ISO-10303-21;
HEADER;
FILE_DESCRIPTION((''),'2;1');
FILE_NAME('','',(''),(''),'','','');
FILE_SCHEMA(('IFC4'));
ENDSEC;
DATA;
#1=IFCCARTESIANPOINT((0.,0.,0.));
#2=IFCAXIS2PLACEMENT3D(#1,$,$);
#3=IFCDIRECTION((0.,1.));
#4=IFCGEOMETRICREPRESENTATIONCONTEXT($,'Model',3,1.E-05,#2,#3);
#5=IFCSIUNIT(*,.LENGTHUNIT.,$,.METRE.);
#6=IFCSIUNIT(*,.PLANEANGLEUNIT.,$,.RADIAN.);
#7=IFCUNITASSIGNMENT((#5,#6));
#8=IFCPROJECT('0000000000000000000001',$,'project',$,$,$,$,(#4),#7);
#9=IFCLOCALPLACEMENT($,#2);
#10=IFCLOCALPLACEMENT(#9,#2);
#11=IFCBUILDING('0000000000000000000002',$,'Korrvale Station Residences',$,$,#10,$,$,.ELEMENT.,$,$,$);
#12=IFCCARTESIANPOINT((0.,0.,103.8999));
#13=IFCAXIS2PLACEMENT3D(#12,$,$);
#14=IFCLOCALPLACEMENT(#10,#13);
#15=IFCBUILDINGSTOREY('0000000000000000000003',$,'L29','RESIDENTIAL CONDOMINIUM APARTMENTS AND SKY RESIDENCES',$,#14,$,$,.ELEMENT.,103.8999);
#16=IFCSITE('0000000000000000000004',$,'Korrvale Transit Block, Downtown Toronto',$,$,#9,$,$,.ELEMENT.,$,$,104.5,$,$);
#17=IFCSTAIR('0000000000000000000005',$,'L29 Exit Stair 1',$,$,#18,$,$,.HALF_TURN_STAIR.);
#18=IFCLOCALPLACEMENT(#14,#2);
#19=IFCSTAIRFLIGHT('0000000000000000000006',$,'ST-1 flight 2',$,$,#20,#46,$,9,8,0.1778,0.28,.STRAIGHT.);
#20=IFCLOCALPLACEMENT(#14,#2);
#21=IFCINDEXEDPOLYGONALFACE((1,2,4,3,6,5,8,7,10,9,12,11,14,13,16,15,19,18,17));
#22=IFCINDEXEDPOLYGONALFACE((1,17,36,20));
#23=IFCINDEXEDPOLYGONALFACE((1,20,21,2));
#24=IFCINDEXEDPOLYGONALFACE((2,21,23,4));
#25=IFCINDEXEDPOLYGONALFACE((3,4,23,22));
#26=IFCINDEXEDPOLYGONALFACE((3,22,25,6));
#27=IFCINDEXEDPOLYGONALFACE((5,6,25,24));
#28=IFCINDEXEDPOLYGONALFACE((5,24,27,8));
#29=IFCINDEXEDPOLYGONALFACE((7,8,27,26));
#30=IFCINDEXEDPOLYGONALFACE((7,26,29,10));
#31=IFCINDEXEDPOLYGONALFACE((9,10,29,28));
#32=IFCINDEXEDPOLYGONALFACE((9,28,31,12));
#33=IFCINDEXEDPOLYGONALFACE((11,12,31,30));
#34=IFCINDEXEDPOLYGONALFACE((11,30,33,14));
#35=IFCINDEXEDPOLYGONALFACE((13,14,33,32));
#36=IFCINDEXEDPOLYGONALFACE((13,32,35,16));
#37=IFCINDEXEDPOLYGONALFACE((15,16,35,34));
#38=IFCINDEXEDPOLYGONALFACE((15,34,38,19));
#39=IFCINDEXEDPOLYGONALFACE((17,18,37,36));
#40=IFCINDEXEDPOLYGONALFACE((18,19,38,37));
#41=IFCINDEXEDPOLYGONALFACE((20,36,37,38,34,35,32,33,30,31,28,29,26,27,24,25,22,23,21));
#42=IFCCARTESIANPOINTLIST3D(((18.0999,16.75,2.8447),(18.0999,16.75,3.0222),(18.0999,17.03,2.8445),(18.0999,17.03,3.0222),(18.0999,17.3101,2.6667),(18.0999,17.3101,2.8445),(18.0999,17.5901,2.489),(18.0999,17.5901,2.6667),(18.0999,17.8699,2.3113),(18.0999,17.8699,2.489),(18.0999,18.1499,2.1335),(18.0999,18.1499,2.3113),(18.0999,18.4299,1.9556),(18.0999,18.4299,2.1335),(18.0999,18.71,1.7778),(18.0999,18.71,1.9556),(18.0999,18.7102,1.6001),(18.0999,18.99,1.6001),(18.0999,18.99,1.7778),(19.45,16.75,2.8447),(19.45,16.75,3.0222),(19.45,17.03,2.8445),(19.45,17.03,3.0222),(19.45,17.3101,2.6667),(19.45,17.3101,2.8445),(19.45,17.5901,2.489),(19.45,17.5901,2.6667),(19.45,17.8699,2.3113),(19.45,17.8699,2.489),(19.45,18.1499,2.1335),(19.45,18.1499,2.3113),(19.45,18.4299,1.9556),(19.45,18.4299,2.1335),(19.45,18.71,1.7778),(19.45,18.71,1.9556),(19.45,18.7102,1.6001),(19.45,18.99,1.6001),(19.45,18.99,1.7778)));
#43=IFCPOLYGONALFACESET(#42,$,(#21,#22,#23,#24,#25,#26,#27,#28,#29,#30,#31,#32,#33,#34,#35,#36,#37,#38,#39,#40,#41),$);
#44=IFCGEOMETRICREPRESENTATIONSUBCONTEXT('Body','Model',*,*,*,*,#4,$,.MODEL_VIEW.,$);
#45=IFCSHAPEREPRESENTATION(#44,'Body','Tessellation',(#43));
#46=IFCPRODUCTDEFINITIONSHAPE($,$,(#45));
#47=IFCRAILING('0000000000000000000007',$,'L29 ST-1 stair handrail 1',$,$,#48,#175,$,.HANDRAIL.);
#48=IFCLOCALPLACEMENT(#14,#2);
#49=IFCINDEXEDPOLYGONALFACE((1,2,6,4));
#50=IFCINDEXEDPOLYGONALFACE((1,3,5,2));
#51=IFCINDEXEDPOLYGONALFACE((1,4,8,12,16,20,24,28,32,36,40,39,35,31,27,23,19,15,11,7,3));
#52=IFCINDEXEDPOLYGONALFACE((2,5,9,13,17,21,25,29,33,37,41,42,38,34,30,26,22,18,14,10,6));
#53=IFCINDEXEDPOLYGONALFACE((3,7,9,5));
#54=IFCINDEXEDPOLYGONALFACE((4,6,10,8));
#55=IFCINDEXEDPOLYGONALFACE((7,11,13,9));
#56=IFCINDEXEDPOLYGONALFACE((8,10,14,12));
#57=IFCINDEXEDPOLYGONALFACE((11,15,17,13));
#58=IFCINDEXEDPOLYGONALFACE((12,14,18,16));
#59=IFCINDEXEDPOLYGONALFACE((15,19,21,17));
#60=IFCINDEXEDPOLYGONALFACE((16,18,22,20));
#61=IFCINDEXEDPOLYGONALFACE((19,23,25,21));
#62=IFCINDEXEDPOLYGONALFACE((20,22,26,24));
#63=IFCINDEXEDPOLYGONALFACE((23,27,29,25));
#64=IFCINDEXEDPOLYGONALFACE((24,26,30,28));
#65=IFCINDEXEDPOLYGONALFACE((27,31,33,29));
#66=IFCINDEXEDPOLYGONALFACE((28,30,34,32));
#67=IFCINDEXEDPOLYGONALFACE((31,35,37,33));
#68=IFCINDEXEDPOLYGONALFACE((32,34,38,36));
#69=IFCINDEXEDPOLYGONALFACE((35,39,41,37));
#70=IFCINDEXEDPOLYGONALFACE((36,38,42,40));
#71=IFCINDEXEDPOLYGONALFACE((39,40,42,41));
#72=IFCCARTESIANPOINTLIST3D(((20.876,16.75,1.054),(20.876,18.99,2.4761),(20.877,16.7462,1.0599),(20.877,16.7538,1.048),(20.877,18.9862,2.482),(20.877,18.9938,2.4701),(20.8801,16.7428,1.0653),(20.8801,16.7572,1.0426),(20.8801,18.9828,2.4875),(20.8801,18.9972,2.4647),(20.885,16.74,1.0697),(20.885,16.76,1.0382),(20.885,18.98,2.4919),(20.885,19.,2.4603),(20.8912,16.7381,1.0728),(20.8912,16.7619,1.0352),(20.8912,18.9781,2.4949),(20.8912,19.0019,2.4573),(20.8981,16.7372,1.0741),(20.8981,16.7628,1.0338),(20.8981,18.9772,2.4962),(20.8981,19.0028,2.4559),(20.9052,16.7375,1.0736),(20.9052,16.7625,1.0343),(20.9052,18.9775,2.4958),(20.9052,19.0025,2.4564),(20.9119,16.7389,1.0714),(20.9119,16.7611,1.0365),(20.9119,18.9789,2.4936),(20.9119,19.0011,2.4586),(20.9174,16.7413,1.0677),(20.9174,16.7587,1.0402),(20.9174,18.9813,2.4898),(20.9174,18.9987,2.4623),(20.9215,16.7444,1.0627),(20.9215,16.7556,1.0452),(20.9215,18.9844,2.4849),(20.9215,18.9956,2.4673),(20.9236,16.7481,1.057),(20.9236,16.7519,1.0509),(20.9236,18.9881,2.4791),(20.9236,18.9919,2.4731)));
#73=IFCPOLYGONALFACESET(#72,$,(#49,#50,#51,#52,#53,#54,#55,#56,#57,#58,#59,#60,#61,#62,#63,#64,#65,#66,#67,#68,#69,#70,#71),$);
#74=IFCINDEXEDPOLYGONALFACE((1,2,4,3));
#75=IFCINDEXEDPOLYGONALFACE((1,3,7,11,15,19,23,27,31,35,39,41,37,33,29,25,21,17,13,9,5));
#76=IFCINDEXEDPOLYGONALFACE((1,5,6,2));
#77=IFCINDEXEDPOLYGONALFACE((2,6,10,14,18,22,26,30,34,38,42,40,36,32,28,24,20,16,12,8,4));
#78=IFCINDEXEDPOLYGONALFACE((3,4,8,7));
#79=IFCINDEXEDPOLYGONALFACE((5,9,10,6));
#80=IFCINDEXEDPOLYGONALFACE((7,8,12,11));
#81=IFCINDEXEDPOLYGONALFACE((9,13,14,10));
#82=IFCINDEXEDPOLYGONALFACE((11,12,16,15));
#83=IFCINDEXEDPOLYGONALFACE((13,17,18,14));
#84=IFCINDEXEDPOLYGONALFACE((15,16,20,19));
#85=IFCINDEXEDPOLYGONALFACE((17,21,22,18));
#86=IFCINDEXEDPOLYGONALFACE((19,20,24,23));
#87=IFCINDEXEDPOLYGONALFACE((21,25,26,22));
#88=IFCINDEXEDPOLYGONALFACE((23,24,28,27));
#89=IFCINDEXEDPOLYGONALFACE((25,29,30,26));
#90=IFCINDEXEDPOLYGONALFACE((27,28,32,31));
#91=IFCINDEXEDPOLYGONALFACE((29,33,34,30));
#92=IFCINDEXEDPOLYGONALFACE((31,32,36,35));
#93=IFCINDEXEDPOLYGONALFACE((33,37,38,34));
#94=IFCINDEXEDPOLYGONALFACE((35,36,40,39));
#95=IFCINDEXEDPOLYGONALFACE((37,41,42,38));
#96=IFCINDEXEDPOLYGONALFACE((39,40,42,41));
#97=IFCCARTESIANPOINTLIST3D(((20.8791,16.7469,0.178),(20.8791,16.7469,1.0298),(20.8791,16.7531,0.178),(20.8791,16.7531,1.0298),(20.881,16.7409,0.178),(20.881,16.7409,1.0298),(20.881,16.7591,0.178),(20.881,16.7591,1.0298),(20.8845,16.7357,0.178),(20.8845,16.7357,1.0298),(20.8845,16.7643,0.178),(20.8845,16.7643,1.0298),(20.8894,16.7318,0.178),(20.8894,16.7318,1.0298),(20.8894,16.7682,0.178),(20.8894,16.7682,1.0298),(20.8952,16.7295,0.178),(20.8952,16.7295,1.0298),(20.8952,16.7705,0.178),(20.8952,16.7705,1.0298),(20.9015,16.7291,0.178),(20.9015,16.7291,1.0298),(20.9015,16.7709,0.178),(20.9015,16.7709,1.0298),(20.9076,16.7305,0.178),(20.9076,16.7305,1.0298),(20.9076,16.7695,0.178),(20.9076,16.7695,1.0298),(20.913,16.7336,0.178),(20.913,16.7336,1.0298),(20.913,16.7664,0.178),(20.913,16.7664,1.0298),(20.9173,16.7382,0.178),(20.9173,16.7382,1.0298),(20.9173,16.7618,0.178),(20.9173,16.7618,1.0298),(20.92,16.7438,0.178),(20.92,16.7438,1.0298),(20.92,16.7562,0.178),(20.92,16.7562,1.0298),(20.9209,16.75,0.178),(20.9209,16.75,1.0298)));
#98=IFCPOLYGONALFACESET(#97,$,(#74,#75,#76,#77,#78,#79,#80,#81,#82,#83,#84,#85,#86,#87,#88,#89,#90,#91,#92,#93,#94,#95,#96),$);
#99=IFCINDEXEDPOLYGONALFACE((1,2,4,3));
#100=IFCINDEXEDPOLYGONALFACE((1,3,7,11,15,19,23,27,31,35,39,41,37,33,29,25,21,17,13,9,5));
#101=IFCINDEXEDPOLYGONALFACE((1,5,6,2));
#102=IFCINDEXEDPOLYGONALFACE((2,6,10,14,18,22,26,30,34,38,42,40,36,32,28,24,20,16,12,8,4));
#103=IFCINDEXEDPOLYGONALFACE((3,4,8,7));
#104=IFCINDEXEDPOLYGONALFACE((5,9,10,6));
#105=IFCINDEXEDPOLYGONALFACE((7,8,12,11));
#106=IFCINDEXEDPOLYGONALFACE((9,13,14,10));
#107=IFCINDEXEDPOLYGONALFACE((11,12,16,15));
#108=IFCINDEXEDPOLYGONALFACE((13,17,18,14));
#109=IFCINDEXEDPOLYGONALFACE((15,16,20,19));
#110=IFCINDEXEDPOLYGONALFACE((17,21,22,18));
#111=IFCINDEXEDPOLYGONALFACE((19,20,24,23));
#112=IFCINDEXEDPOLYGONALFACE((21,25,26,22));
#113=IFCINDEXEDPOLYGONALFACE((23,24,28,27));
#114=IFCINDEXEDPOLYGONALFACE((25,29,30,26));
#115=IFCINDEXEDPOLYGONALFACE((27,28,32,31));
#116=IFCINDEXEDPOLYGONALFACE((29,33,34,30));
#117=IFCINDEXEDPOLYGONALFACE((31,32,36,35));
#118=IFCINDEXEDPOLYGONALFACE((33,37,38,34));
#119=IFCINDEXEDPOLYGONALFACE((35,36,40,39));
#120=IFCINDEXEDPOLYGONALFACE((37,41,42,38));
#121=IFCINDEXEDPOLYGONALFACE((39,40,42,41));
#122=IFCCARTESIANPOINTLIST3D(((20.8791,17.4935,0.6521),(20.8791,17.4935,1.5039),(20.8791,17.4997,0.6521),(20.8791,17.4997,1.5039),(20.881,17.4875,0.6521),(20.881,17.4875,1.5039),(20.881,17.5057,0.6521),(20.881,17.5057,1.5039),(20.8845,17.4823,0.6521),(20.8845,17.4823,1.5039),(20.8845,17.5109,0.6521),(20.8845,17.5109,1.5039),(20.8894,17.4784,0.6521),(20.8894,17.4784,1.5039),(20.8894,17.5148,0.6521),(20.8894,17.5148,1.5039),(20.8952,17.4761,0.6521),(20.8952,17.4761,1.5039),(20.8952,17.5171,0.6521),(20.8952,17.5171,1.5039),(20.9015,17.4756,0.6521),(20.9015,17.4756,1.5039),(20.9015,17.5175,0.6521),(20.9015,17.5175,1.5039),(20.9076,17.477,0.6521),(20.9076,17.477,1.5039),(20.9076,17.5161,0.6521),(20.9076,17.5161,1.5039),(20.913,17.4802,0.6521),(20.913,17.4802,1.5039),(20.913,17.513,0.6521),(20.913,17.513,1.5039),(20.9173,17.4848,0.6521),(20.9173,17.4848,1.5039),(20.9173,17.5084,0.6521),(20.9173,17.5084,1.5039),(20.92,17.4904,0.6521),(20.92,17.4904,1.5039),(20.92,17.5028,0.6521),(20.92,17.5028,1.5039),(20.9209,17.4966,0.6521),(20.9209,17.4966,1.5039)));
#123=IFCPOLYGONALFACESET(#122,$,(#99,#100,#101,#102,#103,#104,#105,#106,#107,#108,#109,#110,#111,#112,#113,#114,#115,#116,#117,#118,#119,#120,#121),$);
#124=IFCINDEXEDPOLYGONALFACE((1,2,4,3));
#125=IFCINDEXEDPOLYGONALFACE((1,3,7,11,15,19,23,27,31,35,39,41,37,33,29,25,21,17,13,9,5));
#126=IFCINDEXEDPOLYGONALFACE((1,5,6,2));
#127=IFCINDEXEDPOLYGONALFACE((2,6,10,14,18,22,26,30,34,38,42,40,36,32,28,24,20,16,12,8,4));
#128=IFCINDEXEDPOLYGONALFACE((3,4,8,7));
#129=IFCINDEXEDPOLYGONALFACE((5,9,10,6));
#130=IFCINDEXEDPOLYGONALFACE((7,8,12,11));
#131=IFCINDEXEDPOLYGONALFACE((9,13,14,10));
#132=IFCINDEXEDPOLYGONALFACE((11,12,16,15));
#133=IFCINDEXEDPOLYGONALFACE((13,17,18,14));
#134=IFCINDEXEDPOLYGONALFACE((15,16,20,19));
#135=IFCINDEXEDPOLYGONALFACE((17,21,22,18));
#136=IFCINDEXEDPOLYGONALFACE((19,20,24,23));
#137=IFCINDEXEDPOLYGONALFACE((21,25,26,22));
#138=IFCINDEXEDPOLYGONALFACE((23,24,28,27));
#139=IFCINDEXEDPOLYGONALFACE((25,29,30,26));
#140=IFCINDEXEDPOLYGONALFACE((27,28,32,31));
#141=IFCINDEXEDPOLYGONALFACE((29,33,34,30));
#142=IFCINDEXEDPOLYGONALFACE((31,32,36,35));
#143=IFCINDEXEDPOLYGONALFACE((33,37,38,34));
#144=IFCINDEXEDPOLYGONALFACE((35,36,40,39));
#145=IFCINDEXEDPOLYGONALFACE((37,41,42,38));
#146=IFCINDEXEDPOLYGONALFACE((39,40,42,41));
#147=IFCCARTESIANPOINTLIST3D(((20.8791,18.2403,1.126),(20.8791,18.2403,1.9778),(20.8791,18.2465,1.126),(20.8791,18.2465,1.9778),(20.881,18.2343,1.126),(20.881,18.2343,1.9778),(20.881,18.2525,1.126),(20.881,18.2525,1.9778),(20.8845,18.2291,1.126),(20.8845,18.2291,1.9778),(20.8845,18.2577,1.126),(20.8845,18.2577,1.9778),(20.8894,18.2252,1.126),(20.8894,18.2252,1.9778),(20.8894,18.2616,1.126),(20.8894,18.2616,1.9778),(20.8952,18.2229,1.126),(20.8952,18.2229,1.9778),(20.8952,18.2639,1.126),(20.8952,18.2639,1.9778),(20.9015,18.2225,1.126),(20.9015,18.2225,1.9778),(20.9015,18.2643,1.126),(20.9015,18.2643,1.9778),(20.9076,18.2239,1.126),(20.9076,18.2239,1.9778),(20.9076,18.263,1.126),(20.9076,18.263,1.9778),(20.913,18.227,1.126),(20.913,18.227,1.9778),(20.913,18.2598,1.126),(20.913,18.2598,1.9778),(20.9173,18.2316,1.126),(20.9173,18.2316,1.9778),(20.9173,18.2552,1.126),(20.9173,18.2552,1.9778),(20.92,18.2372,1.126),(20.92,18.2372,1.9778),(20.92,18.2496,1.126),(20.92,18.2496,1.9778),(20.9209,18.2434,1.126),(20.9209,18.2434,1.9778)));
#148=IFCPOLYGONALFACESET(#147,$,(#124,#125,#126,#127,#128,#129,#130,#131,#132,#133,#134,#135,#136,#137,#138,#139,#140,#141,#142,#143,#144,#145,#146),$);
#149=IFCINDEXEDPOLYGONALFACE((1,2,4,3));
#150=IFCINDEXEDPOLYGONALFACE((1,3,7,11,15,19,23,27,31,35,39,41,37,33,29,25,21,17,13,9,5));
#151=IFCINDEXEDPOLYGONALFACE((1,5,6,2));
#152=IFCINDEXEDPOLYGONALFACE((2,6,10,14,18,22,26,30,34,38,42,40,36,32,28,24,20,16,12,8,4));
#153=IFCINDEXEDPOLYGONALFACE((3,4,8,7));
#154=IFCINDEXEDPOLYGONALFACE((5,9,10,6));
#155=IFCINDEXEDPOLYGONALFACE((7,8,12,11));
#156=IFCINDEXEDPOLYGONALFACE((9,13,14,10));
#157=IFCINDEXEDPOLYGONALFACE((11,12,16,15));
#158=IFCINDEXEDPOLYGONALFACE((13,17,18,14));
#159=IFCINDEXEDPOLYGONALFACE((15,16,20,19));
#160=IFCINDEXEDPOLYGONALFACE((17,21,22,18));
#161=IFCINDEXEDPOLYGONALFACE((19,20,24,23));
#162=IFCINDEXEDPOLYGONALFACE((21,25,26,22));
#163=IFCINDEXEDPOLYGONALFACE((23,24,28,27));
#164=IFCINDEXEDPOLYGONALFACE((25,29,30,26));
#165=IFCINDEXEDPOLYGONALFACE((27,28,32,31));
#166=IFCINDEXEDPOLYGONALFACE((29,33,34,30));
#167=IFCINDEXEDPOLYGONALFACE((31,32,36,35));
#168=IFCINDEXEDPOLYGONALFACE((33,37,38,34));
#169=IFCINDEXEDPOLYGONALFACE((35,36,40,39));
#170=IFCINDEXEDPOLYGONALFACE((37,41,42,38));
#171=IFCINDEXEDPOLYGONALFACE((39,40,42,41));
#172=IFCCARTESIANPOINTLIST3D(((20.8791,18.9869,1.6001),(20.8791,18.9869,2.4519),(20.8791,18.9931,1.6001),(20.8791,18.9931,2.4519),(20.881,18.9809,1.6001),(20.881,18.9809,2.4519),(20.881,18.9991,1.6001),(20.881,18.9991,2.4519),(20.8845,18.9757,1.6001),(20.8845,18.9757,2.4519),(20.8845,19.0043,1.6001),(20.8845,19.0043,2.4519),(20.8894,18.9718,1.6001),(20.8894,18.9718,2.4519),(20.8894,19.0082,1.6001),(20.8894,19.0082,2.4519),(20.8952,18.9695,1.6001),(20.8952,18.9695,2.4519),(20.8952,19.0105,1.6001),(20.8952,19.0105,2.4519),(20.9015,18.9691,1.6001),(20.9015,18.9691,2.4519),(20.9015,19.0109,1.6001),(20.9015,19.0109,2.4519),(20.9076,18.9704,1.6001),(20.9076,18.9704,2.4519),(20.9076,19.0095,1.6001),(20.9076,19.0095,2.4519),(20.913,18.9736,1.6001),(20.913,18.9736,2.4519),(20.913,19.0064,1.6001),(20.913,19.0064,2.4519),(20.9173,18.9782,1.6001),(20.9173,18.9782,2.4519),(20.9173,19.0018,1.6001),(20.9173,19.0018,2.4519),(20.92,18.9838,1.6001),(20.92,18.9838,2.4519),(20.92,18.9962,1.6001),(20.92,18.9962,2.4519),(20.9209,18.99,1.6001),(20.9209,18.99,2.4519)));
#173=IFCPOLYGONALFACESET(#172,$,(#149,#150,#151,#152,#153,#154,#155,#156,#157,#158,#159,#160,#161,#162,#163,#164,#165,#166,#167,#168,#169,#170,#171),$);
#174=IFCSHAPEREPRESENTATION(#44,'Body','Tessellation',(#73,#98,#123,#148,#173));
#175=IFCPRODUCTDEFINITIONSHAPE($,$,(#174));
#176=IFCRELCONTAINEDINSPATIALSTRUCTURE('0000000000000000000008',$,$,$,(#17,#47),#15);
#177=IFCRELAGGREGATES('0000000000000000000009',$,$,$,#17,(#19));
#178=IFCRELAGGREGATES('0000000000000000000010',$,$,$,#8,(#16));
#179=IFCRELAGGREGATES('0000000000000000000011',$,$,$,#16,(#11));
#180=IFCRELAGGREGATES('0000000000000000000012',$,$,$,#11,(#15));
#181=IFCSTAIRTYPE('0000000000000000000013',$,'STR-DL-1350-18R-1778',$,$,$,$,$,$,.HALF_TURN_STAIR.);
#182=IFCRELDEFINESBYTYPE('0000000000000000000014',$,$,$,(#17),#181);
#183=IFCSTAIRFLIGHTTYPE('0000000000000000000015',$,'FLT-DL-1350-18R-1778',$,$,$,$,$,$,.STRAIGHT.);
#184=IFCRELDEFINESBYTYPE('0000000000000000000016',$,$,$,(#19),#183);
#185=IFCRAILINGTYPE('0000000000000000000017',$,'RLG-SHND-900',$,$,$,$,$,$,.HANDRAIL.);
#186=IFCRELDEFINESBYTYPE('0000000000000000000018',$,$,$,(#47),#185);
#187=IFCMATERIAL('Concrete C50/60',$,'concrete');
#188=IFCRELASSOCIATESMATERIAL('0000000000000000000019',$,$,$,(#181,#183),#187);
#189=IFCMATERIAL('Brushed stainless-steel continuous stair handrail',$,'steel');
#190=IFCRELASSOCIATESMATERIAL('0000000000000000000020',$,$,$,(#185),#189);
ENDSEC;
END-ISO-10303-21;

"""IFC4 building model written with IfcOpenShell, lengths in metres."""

from ifc_helpers import new_model, si_unit, direction, frame, origin, origin_2d, place, context, subcontext, project, spatial, polyline, circle, outline, extrude, material, type_object, element, aggregate, save


model = new_model("IFC4")

# Units and contexts
model_context = context("Model", 3, precision=1e-05, world=origin(), true_north=direction((0.0, 1.0)))
body_context = subcontext(model_context, "Body", "Model", "MODEL_VIEW")
ifc_project = project(units=[si_unit("LENGTHUNIT", "METRE"), si_unit("PLANEANGLEUNIT", "RADIAN")], contexts=[model_context])

# Site, building, storey
site_placement = place(None, origin())
site = spatial("IfcSite", under=ifc_project, at=site_placement, Name="Korrvale Transit Block, Downtown Toronto", CompositionType="ELEMENT", RefElevation=104.5)
building_placement = place(site_placement, origin())
building = spatial("IfcBuilding", under=site, at=building_placement, Name="Korrvale Station Residences", CompositionType="ELEMENT")
storey_placement = place(building_placement, frame((0.0, 0.0, 103.8999)))
storey = spatial("IfcBuildingStorey", under=building, at=storey_placement, Name="L29", Description="RESIDENTIAL CONDOMINIUM APARTMENTS AND SKY RESIDENCES", CompositionType="ELEMENT", Elevation=103.8999)

# Stair, stair flight
ifc_material_1 = material(Name="Concrete C50/60", Category="concrete")
stair_type = type_object("IfcStairType", Name="STR-DL-1350-18R-1778", PredefinedType="HALF_TURN_STAIR", material=ifc_material_1)
stair_placement = place(storey_placement, origin())
stair = element("IfcStair", 1, at=stair_placement, inside=storey, type_object=stair_type, Name="L29 Exit Stair 1", PredefinedType="HALF_TURN_STAIR")
stair_flight_type = type_object("IfcStairFlightType", Name="FLT-DL-1350-18R-1778", PredefinedType="STRAIGHT", material=ifc_material_1)
stair_flight_1_placement = place(storey_placement, frame((18.7749, 18.99, 1.6001), z_axis=(0.0, 0.0, 1.0), x_axis=(0.0, -1.0, 0.0)))
stair_flight_1 = element("IfcStairFlight", 2, at=stair_flight_1_placement, type_object=stair_flight_type, Name="ST-1 flight 2", NumberOfRisers=9, NumberOfTreads=8, PredefinedType="STRAIGHT", RiserHeight=0.1778, TreadLength=0.28, context=body_context, shape_type="SweptSolid", body=[
    extrude(outline(polyline([(0.0, 0.0), (0.0, 0.1777), (0.28, 0.1777), (0.28, 0.3555), (0.5601, 0.3555), (0.5601, 0.5334), (0.8401, 0.5334), (0.8401, 0.7112), (1.1201, 0.7112), (1.1201, 0.8889), (1.3999, 0.8889), (1.3999, 1.0667), (1.6799, 1.0667), (1.6799, 1.2444), (1.96, 1.2444), (1.96, 1.4221), (2.24, 1.4221), (2.24, 1.6001), (2.24, 1.2446), (0.2798, 0.0), (0.0, 0.0)])), frame((0.0, 0.675, 0.0), z_axis=(0.0, -1.0, 0.0), x_axis=(1.0, 0.0, 0.0)), (0.0, 0.0, 1.0), 1.3501),
])
aggregate(stair, [stair_flight_1])

# Railing
ifc_material_2 = material(Name="Brushed stainless-steel continuous stair handrail", Category="steel")
railing_type_1 = type_object("IfcRailingType", Name="RLG-SHND-900", PredefinedType="HANDRAIL", material=ifc_material_2)
railing_1_placement = place(storey_placement, frame((20.8999, 16.75, 0.178)))
element("IfcRailing", 3, at=railing_1_placement, inside=storey, type_object=railing_type_1, Name="L29 ST-1 stair handrail 1", PredefinedType="HANDRAIL", context=body_context, shape_type="SweptSolid", body=[
    extrude(circle(Radius=0.0239, at=origin_2d()), frame((0.0, 0.0, 0.876), z_axis=(0.0, 0.844229, 0.535982), x_axis=(-1.0, 0.0, 0.0)), (0.0, 0.0, 1.0), 2.6533),
    extrude(circle(Radius=0.021, at=origin_2d()), origin(), (0.0, 0.0, 1.0), 0.8518),
    extrude(circle(Radius=0.021, at=origin_2d()), frame((0.0, 0.7466, 0.4741)), (0.0, 0.0, 1.0), 0.8518),
    extrude(circle(Radius=0.021, at=origin_2d()), frame((0.0, 1.4934, 0.948)), (0.0, 0.0, 1.0), 0.8518),
    extrude(circle(Radius=0.021, at=origin_2d()), frame((0.0, 2.24, 1.4221)), (0.0, 0.0, 1.0), 0.8518),
])

save(model, "model.ifc")
